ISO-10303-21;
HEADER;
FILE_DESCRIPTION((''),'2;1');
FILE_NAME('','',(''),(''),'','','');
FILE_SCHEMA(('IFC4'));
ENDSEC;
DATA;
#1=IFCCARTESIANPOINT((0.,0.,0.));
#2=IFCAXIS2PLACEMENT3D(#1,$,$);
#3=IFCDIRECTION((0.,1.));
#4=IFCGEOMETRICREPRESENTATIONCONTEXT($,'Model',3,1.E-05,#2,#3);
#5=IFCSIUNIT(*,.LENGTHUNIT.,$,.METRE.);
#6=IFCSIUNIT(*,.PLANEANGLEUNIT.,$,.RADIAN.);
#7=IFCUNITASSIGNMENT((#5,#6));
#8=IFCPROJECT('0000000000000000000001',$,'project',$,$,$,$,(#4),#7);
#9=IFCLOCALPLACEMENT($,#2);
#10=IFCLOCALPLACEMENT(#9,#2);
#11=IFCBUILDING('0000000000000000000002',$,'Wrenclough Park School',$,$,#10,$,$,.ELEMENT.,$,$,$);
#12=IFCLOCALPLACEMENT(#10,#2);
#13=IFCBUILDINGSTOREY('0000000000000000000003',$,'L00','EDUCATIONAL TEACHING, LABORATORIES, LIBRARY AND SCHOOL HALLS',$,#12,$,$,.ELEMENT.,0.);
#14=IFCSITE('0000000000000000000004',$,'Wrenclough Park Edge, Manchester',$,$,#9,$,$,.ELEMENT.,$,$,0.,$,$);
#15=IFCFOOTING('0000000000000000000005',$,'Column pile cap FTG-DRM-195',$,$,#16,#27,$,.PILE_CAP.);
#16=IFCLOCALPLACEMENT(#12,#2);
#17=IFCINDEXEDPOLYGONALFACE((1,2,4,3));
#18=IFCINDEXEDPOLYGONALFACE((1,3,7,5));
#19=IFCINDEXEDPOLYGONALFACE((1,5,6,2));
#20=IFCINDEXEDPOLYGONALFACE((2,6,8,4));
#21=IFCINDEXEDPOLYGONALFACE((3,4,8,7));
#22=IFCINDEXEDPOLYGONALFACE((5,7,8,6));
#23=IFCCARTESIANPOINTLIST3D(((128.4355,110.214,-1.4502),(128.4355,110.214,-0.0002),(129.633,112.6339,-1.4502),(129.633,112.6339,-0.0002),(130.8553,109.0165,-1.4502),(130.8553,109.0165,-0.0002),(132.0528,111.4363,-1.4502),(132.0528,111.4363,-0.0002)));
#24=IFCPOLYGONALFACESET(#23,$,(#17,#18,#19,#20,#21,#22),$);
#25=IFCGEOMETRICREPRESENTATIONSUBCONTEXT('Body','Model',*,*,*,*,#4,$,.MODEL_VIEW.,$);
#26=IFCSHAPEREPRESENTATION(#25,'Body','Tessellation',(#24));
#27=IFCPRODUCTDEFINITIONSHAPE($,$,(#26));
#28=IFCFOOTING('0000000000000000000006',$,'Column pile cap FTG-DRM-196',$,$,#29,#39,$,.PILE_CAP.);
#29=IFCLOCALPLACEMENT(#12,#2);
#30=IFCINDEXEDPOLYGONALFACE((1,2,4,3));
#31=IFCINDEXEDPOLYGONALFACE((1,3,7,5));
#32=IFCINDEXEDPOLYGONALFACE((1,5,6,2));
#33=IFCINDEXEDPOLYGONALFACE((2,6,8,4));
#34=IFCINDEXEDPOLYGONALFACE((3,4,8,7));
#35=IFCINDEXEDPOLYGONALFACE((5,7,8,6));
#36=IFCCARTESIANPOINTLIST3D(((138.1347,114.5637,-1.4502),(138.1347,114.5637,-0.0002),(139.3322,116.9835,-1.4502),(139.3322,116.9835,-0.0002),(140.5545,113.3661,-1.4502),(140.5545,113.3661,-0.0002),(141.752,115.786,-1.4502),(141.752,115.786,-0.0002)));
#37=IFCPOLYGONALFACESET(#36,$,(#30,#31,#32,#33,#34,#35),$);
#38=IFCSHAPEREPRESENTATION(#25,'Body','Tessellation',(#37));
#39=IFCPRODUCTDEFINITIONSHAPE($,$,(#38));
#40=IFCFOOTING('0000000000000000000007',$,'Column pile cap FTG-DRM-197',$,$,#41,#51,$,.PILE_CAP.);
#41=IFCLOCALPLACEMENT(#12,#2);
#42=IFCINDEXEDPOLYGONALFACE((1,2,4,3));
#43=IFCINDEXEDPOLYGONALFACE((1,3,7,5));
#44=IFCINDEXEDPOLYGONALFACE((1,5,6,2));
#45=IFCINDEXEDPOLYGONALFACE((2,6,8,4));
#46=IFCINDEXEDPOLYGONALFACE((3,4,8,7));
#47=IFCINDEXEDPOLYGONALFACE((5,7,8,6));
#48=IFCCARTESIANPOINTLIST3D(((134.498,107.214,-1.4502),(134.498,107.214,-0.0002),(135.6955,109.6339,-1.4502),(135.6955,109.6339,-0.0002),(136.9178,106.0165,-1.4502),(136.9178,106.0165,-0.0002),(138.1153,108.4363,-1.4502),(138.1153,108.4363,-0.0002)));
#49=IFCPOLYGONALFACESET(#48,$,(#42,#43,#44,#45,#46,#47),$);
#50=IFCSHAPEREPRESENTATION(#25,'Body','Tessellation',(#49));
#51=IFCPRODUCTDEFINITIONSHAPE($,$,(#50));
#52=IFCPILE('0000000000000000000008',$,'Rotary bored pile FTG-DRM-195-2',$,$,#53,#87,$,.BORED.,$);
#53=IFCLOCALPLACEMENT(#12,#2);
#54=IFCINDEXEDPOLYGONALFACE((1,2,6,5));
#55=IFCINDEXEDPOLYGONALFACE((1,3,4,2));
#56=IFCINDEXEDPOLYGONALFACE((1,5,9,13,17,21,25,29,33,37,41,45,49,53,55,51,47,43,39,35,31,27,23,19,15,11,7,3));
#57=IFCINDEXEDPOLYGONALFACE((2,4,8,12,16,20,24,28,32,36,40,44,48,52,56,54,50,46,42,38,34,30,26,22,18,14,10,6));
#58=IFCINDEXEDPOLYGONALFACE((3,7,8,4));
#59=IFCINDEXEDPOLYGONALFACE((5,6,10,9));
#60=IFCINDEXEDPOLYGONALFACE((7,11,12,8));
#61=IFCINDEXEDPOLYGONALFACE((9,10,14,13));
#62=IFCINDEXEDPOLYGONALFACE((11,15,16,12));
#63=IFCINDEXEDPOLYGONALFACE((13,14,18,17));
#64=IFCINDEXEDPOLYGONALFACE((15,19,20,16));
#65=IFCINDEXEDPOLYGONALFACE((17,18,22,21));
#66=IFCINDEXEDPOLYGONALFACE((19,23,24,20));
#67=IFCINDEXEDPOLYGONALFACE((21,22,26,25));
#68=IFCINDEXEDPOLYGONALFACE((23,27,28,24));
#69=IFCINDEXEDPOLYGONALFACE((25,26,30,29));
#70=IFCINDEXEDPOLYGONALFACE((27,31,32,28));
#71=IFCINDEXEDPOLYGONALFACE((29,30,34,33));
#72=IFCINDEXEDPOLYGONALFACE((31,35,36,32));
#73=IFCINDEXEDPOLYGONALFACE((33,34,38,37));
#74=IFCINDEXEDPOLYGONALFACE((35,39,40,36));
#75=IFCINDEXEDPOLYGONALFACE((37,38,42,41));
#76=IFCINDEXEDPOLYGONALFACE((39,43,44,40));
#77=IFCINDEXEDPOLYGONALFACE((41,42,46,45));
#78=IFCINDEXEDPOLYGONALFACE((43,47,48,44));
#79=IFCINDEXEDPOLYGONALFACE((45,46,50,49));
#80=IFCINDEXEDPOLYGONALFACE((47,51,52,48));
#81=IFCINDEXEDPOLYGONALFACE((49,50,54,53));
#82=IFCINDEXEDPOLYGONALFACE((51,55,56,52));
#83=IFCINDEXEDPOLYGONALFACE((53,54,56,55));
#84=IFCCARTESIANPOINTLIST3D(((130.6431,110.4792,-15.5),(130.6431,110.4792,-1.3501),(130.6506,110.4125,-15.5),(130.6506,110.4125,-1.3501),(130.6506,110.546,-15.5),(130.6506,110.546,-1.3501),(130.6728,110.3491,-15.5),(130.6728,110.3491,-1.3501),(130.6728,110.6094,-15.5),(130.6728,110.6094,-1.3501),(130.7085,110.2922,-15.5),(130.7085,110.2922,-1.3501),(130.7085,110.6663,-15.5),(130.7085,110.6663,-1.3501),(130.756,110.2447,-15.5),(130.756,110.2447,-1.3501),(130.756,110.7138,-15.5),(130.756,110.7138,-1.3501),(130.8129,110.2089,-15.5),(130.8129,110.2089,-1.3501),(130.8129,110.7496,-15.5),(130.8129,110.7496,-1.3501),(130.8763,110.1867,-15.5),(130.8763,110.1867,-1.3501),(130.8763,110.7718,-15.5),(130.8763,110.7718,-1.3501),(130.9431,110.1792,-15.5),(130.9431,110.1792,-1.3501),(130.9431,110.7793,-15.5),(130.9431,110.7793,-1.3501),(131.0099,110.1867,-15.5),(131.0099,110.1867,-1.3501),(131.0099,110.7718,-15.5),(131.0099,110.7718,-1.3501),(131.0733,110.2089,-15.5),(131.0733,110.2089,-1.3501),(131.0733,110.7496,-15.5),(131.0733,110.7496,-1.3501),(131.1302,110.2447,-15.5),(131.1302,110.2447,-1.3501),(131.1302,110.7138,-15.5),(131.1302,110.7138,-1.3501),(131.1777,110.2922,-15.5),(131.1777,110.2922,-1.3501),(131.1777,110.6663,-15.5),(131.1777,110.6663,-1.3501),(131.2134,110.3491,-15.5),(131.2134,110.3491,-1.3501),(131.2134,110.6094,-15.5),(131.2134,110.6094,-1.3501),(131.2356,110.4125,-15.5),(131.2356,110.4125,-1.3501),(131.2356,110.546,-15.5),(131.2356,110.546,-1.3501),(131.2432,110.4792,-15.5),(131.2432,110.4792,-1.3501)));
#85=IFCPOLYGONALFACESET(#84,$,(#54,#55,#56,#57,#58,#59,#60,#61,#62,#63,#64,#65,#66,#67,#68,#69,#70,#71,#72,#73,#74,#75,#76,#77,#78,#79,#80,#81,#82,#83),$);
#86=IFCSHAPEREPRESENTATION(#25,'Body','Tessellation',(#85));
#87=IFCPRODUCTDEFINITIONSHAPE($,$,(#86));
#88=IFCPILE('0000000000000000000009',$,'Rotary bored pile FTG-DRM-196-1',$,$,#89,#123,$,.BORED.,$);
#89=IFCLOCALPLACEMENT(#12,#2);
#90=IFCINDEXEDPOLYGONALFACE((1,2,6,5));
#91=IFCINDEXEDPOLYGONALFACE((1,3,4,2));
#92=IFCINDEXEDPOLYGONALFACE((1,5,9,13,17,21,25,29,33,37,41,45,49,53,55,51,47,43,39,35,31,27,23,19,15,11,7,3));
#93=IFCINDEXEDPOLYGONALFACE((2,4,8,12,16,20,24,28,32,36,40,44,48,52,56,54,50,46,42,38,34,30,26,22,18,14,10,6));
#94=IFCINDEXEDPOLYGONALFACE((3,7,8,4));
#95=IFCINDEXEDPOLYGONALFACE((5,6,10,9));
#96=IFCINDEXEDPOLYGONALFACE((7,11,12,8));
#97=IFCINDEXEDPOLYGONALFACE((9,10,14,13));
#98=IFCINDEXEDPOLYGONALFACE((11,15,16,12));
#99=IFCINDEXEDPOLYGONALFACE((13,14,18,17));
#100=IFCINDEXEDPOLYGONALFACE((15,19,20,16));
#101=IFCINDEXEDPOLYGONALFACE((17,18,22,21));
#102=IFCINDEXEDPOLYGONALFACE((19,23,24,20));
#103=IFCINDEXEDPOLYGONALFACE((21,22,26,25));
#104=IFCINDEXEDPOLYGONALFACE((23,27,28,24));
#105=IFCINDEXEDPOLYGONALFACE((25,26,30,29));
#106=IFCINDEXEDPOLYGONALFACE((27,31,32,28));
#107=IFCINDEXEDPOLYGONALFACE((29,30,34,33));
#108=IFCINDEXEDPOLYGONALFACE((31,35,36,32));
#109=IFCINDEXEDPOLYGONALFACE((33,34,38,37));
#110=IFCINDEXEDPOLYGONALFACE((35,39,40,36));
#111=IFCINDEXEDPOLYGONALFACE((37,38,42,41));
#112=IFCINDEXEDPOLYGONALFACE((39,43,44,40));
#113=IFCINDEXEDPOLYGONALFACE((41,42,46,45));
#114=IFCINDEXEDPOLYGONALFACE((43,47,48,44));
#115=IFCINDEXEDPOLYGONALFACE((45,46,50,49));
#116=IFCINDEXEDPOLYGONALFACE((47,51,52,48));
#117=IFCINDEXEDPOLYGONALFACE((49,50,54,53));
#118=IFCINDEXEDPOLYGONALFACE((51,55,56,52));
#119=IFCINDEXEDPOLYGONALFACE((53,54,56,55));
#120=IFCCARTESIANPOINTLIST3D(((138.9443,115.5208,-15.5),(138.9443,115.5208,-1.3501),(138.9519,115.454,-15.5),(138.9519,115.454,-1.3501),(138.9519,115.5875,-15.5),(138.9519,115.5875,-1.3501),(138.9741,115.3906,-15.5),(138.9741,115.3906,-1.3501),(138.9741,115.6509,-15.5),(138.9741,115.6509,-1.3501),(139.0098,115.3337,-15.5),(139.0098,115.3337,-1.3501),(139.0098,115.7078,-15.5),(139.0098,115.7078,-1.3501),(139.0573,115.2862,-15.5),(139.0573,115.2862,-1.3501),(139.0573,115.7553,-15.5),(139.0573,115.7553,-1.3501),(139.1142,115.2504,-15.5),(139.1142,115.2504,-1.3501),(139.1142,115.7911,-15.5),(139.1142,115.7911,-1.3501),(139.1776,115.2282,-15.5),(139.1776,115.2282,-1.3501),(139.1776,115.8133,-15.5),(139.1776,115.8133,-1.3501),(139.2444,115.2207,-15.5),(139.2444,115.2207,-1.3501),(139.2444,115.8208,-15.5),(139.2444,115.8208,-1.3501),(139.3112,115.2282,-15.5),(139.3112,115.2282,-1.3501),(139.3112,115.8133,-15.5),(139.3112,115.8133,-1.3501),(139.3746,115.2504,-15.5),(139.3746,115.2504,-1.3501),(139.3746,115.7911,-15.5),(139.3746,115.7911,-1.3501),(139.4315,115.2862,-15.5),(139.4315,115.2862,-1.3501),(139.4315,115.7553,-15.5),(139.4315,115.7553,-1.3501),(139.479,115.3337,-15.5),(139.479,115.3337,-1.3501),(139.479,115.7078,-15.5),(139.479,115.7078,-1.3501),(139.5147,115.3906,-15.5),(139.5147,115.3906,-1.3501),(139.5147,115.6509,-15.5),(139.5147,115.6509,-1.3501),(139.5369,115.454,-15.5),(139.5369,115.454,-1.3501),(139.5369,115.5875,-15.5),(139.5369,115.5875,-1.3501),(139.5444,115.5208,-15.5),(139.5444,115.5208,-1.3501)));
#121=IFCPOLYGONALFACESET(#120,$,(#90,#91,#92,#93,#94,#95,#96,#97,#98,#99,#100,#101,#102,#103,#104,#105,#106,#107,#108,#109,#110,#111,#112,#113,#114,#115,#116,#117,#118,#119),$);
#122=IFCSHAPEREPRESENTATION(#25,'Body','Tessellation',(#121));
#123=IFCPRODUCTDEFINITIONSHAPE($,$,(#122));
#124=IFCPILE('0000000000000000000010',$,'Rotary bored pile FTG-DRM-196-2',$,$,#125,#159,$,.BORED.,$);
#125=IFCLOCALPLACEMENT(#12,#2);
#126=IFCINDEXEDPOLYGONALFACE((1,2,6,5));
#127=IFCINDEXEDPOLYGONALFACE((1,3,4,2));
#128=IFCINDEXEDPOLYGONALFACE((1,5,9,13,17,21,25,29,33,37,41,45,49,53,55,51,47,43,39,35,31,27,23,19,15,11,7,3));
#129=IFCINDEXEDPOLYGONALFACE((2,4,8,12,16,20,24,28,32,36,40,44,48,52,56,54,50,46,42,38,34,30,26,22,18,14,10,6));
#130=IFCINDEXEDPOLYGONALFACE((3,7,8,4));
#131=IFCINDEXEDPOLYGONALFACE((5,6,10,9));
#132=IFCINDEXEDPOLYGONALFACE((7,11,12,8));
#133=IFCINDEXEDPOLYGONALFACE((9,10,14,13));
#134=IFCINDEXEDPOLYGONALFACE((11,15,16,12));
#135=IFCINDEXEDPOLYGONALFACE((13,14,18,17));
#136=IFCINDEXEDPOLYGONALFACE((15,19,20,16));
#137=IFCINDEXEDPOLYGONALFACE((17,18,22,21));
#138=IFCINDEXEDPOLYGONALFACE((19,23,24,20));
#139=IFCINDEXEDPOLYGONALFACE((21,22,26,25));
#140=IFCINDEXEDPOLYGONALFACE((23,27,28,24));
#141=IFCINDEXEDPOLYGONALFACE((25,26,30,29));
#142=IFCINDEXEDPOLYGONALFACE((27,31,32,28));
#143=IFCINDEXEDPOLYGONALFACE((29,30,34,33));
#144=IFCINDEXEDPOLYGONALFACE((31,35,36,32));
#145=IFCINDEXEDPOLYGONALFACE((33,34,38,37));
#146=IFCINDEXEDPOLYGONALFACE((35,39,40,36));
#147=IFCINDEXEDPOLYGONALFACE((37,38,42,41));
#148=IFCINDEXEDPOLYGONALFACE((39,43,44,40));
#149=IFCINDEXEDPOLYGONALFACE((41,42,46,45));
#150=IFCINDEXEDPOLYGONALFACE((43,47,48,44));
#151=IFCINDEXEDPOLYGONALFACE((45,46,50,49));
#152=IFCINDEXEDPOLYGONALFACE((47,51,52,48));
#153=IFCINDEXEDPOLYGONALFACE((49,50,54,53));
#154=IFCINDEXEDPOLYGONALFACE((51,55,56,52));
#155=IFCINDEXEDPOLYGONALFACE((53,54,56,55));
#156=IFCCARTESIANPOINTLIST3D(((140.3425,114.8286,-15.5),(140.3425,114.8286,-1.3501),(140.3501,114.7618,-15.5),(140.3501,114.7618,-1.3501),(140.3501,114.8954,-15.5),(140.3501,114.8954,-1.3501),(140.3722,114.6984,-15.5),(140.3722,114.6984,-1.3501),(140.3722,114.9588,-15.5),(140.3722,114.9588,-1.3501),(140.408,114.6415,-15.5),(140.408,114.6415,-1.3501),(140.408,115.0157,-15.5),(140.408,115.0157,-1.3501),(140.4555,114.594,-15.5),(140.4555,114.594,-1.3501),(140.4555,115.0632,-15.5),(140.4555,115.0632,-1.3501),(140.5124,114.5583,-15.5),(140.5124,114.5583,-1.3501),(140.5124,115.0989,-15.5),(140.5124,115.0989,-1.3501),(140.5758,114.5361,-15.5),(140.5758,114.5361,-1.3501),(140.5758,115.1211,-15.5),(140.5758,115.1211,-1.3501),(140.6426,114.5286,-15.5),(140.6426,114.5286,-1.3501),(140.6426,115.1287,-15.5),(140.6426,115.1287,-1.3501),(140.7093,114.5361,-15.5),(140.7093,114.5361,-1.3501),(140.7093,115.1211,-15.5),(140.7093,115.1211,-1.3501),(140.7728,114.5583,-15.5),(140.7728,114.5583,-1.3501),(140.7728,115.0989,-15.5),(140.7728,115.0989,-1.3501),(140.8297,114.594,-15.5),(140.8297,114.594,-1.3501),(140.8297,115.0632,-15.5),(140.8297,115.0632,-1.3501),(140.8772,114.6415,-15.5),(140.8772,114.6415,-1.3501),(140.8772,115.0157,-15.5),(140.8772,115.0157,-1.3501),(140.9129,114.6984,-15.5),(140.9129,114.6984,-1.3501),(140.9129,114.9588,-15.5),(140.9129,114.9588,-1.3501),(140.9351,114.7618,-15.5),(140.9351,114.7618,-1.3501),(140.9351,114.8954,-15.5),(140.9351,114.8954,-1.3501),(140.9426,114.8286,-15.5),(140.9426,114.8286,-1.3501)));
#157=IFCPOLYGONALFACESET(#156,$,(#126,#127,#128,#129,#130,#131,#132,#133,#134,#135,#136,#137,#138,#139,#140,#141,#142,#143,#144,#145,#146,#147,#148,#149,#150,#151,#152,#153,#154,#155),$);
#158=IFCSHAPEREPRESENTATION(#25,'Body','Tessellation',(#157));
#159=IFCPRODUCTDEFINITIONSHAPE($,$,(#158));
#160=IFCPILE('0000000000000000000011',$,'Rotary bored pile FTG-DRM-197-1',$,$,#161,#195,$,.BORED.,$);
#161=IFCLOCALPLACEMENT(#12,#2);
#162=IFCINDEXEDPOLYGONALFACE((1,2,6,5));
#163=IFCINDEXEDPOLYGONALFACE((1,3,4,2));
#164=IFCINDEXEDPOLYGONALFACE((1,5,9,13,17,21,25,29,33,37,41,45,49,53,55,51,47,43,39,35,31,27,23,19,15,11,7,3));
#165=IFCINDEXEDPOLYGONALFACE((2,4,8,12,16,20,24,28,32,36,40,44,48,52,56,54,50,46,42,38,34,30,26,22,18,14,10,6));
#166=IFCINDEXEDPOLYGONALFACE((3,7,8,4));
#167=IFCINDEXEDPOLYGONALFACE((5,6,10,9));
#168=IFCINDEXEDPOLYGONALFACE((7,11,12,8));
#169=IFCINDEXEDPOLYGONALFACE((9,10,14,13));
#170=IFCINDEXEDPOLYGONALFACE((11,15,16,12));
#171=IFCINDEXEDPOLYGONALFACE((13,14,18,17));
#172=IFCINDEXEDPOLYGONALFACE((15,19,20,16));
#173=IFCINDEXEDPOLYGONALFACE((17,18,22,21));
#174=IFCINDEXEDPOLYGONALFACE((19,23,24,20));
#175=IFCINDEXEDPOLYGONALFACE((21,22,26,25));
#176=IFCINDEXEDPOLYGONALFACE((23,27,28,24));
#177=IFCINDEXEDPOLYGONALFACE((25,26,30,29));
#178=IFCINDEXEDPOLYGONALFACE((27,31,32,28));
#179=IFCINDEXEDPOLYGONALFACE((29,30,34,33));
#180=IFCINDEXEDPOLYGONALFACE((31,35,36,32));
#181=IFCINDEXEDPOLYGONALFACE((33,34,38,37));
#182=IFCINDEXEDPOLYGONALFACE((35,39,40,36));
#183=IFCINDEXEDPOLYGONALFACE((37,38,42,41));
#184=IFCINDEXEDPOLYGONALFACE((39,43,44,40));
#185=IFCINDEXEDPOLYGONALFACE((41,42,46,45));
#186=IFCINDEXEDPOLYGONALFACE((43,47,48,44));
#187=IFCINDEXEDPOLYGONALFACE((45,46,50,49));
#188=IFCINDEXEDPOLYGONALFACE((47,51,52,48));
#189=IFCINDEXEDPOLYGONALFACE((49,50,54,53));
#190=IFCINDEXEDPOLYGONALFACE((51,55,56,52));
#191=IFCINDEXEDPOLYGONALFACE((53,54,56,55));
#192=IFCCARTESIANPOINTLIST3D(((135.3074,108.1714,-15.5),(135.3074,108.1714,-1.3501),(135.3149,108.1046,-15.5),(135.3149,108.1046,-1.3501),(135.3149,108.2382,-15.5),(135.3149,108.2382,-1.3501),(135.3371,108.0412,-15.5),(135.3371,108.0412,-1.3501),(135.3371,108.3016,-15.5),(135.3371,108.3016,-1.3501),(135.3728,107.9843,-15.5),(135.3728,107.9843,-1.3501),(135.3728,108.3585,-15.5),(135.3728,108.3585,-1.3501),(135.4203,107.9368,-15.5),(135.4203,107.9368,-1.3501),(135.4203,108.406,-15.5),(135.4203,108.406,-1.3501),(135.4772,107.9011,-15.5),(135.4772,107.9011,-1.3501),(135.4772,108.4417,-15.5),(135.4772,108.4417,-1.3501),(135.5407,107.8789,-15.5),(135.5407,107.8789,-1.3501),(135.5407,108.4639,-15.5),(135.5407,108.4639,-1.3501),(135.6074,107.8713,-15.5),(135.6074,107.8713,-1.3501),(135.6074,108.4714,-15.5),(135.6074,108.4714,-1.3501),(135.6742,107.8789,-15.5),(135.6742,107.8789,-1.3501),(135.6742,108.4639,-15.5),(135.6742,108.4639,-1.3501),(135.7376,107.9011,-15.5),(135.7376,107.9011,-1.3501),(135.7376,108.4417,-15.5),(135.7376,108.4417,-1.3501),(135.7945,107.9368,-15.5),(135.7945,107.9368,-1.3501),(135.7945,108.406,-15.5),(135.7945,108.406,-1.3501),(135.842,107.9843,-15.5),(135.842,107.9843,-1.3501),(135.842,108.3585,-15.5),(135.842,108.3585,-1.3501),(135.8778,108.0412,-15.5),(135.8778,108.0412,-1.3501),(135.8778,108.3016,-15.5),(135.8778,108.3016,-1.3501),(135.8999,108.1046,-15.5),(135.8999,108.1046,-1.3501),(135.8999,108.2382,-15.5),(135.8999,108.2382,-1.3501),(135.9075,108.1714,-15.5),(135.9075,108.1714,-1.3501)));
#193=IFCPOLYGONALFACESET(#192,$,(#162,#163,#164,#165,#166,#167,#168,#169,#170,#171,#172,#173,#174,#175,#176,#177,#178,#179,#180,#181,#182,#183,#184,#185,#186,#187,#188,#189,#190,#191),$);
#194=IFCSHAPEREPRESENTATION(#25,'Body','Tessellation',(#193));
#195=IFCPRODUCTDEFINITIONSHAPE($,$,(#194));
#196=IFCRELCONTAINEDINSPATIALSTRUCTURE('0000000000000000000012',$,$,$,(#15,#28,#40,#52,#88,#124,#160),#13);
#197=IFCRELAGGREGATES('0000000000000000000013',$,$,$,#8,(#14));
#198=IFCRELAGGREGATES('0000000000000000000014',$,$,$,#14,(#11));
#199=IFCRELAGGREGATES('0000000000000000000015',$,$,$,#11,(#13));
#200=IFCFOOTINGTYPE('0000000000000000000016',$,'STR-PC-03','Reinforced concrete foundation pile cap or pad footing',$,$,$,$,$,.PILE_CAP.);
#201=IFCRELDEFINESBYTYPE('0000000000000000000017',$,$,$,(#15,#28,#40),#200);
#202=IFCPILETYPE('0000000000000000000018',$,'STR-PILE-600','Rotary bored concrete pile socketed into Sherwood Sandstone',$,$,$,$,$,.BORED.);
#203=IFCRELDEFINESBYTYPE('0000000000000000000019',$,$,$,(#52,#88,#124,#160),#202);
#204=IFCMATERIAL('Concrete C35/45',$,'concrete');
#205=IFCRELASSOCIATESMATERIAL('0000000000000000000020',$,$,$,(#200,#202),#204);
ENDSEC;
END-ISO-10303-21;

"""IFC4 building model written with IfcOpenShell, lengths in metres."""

from ifc_helpers import new_model, si_unit, direction, frame, origin, origin_2d, place, context, subcontext, project, spatial, rectangle, circle, extrude, material, material_profile, profile_set, type_object, element, save


model = new_model("IFC4")

# Units and contexts
model_context = context("Model", 3, precision=1e-05, world=origin(), true_north=direction((0.0, 1.0)))
body_context = subcontext(model_context, "Body", "Model", "MODEL_VIEW")
ifc_project = project(units=[si_unit("LENGTHUNIT", "METRE"), si_unit("PLANEANGLEUNIT", "RADIAN")], contexts=[model_context])

# Site, building, storey
site_placement = place(None, origin())
site = spatial("IfcSite", under=ifc_project, at=site_placement, Name="Wrenclough Park Edge, Manchester", CompositionType="ELEMENT", RefElevation=0.0)
building_placement = place(site_placement, origin())
building = spatial("IfcBuilding", under=site, at=building_placement, Name="Wrenclough Park School", CompositionType="ELEMENT")
storey_placement = place(building_placement, origin())
storey = spatial("IfcBuildingStorey", under=building, at=storey_placement, Name="L00", Description="EDUCATIONAL TEACHING, LABORATORIES, LIBRARY AND SCHOOL HALLS", CompositionType="ELEMENT", Elevation=0.0)

# Footings
ifc_material_1 = material(Name="Concrete C35/45", Category="concrete")
footing_type = type_object("IfcFootingType", Name="STR-PC-03", Description="Reinforced concrete foundation pile cap or pad footing", PredefinedType="PILE_CAP", material=ifc_material_1)
for number, where, z_axis, x_axis, name in (
    (1, (130.2441, 110.8252, -1.4502), (0.0, 0.0, 1.0), (0.896254, -0.443541, 0.0), "Column pile cap FTG-DRM-195"),
    (2, (139.9434, 115.1748, -1.4502), (0.0, 0.0, 1.0), (0.896254, -0.443541, 0.0), "Column pile cap FTG-DRM-196"),
    (3, (136.3066, 107.8252, -1.4502), (0.0, 0.0, 1.0), (0.896254, -0.443541, 0.0), "Column pile cap FTG-DRM-197"),
):
    element("IfcFooting", number, at=place(storey_placement, frame(where, z_axis=z_axis, x_axis=x_axis)), inside=storey, type_object=footing_type, Name=name, PredefinedType="PILE_CAP", context=body_context, shape_type="SweptSolid", body=[
        extrude(rectangle(XDim=2.7, YDim=2.7, at=origin_2d()), origin(), (0.0, 0.0, 1.0), 1.45),
    ])

# Piles
ifc_material_profile_1 = material_profile(ifc_material_1, circle(Radius=0.3, at=origin_2d()), Name="BORED PILE D600")
ifc_profile_set_1 = profile_set([ifc_material_profile_1], Name="Concrete C35/45")
pile_type = type_object("IfcPileType", Name="STR-PILE-600", Description="Rotary bored concrete pile socketed into Sherwood Sandstone", PredefinedType="BORED", material=ifc_profile_set_1)
for number, where, z_axis, x_axis, name in (
    (4, (130.9431, 110.4792, -1.3501), (0.0, 0.0, -1.0), (1.0, 0.0, 0.0), "Rotary bored pile FTG-DRM-195-2"),
    (5, (139.2444, 115.5208, -1.3501), (0.0, 0.0, -1.0), (1.0, 0.0, 0.0), "Rotary bored pile FTG-DRM-196-1"),
    (6, (140.6426, 114.8286, -1.3501), (0.0, 0.0, -1.0), (1.0, 0.0, 0.0), "Rotary bored pile FTG-DRM-196-2"),
    (7, (135.6074, 108.1714, -1.3501), (0.0, 0.0, -1.0), (1.0, 0.0, 0.0), "Rotary bored pile FTG-DRM-197-1"),
):
    element("IfcPile", number, at=place(storey_placement, frame(where, z_axis=z_axis, x_axis=x_axis)), inside=storey, type_object=pile_type, Name=name, PredefinedType="BORED", context=body_context, shape_type="SweptSolid", body=[
        extrude(circle(Radius=0.3, at=origin_2d()), origin(), (0.0, 0.0, 1.0), 14.1499),
    ])

save(model, "model.ifc")
